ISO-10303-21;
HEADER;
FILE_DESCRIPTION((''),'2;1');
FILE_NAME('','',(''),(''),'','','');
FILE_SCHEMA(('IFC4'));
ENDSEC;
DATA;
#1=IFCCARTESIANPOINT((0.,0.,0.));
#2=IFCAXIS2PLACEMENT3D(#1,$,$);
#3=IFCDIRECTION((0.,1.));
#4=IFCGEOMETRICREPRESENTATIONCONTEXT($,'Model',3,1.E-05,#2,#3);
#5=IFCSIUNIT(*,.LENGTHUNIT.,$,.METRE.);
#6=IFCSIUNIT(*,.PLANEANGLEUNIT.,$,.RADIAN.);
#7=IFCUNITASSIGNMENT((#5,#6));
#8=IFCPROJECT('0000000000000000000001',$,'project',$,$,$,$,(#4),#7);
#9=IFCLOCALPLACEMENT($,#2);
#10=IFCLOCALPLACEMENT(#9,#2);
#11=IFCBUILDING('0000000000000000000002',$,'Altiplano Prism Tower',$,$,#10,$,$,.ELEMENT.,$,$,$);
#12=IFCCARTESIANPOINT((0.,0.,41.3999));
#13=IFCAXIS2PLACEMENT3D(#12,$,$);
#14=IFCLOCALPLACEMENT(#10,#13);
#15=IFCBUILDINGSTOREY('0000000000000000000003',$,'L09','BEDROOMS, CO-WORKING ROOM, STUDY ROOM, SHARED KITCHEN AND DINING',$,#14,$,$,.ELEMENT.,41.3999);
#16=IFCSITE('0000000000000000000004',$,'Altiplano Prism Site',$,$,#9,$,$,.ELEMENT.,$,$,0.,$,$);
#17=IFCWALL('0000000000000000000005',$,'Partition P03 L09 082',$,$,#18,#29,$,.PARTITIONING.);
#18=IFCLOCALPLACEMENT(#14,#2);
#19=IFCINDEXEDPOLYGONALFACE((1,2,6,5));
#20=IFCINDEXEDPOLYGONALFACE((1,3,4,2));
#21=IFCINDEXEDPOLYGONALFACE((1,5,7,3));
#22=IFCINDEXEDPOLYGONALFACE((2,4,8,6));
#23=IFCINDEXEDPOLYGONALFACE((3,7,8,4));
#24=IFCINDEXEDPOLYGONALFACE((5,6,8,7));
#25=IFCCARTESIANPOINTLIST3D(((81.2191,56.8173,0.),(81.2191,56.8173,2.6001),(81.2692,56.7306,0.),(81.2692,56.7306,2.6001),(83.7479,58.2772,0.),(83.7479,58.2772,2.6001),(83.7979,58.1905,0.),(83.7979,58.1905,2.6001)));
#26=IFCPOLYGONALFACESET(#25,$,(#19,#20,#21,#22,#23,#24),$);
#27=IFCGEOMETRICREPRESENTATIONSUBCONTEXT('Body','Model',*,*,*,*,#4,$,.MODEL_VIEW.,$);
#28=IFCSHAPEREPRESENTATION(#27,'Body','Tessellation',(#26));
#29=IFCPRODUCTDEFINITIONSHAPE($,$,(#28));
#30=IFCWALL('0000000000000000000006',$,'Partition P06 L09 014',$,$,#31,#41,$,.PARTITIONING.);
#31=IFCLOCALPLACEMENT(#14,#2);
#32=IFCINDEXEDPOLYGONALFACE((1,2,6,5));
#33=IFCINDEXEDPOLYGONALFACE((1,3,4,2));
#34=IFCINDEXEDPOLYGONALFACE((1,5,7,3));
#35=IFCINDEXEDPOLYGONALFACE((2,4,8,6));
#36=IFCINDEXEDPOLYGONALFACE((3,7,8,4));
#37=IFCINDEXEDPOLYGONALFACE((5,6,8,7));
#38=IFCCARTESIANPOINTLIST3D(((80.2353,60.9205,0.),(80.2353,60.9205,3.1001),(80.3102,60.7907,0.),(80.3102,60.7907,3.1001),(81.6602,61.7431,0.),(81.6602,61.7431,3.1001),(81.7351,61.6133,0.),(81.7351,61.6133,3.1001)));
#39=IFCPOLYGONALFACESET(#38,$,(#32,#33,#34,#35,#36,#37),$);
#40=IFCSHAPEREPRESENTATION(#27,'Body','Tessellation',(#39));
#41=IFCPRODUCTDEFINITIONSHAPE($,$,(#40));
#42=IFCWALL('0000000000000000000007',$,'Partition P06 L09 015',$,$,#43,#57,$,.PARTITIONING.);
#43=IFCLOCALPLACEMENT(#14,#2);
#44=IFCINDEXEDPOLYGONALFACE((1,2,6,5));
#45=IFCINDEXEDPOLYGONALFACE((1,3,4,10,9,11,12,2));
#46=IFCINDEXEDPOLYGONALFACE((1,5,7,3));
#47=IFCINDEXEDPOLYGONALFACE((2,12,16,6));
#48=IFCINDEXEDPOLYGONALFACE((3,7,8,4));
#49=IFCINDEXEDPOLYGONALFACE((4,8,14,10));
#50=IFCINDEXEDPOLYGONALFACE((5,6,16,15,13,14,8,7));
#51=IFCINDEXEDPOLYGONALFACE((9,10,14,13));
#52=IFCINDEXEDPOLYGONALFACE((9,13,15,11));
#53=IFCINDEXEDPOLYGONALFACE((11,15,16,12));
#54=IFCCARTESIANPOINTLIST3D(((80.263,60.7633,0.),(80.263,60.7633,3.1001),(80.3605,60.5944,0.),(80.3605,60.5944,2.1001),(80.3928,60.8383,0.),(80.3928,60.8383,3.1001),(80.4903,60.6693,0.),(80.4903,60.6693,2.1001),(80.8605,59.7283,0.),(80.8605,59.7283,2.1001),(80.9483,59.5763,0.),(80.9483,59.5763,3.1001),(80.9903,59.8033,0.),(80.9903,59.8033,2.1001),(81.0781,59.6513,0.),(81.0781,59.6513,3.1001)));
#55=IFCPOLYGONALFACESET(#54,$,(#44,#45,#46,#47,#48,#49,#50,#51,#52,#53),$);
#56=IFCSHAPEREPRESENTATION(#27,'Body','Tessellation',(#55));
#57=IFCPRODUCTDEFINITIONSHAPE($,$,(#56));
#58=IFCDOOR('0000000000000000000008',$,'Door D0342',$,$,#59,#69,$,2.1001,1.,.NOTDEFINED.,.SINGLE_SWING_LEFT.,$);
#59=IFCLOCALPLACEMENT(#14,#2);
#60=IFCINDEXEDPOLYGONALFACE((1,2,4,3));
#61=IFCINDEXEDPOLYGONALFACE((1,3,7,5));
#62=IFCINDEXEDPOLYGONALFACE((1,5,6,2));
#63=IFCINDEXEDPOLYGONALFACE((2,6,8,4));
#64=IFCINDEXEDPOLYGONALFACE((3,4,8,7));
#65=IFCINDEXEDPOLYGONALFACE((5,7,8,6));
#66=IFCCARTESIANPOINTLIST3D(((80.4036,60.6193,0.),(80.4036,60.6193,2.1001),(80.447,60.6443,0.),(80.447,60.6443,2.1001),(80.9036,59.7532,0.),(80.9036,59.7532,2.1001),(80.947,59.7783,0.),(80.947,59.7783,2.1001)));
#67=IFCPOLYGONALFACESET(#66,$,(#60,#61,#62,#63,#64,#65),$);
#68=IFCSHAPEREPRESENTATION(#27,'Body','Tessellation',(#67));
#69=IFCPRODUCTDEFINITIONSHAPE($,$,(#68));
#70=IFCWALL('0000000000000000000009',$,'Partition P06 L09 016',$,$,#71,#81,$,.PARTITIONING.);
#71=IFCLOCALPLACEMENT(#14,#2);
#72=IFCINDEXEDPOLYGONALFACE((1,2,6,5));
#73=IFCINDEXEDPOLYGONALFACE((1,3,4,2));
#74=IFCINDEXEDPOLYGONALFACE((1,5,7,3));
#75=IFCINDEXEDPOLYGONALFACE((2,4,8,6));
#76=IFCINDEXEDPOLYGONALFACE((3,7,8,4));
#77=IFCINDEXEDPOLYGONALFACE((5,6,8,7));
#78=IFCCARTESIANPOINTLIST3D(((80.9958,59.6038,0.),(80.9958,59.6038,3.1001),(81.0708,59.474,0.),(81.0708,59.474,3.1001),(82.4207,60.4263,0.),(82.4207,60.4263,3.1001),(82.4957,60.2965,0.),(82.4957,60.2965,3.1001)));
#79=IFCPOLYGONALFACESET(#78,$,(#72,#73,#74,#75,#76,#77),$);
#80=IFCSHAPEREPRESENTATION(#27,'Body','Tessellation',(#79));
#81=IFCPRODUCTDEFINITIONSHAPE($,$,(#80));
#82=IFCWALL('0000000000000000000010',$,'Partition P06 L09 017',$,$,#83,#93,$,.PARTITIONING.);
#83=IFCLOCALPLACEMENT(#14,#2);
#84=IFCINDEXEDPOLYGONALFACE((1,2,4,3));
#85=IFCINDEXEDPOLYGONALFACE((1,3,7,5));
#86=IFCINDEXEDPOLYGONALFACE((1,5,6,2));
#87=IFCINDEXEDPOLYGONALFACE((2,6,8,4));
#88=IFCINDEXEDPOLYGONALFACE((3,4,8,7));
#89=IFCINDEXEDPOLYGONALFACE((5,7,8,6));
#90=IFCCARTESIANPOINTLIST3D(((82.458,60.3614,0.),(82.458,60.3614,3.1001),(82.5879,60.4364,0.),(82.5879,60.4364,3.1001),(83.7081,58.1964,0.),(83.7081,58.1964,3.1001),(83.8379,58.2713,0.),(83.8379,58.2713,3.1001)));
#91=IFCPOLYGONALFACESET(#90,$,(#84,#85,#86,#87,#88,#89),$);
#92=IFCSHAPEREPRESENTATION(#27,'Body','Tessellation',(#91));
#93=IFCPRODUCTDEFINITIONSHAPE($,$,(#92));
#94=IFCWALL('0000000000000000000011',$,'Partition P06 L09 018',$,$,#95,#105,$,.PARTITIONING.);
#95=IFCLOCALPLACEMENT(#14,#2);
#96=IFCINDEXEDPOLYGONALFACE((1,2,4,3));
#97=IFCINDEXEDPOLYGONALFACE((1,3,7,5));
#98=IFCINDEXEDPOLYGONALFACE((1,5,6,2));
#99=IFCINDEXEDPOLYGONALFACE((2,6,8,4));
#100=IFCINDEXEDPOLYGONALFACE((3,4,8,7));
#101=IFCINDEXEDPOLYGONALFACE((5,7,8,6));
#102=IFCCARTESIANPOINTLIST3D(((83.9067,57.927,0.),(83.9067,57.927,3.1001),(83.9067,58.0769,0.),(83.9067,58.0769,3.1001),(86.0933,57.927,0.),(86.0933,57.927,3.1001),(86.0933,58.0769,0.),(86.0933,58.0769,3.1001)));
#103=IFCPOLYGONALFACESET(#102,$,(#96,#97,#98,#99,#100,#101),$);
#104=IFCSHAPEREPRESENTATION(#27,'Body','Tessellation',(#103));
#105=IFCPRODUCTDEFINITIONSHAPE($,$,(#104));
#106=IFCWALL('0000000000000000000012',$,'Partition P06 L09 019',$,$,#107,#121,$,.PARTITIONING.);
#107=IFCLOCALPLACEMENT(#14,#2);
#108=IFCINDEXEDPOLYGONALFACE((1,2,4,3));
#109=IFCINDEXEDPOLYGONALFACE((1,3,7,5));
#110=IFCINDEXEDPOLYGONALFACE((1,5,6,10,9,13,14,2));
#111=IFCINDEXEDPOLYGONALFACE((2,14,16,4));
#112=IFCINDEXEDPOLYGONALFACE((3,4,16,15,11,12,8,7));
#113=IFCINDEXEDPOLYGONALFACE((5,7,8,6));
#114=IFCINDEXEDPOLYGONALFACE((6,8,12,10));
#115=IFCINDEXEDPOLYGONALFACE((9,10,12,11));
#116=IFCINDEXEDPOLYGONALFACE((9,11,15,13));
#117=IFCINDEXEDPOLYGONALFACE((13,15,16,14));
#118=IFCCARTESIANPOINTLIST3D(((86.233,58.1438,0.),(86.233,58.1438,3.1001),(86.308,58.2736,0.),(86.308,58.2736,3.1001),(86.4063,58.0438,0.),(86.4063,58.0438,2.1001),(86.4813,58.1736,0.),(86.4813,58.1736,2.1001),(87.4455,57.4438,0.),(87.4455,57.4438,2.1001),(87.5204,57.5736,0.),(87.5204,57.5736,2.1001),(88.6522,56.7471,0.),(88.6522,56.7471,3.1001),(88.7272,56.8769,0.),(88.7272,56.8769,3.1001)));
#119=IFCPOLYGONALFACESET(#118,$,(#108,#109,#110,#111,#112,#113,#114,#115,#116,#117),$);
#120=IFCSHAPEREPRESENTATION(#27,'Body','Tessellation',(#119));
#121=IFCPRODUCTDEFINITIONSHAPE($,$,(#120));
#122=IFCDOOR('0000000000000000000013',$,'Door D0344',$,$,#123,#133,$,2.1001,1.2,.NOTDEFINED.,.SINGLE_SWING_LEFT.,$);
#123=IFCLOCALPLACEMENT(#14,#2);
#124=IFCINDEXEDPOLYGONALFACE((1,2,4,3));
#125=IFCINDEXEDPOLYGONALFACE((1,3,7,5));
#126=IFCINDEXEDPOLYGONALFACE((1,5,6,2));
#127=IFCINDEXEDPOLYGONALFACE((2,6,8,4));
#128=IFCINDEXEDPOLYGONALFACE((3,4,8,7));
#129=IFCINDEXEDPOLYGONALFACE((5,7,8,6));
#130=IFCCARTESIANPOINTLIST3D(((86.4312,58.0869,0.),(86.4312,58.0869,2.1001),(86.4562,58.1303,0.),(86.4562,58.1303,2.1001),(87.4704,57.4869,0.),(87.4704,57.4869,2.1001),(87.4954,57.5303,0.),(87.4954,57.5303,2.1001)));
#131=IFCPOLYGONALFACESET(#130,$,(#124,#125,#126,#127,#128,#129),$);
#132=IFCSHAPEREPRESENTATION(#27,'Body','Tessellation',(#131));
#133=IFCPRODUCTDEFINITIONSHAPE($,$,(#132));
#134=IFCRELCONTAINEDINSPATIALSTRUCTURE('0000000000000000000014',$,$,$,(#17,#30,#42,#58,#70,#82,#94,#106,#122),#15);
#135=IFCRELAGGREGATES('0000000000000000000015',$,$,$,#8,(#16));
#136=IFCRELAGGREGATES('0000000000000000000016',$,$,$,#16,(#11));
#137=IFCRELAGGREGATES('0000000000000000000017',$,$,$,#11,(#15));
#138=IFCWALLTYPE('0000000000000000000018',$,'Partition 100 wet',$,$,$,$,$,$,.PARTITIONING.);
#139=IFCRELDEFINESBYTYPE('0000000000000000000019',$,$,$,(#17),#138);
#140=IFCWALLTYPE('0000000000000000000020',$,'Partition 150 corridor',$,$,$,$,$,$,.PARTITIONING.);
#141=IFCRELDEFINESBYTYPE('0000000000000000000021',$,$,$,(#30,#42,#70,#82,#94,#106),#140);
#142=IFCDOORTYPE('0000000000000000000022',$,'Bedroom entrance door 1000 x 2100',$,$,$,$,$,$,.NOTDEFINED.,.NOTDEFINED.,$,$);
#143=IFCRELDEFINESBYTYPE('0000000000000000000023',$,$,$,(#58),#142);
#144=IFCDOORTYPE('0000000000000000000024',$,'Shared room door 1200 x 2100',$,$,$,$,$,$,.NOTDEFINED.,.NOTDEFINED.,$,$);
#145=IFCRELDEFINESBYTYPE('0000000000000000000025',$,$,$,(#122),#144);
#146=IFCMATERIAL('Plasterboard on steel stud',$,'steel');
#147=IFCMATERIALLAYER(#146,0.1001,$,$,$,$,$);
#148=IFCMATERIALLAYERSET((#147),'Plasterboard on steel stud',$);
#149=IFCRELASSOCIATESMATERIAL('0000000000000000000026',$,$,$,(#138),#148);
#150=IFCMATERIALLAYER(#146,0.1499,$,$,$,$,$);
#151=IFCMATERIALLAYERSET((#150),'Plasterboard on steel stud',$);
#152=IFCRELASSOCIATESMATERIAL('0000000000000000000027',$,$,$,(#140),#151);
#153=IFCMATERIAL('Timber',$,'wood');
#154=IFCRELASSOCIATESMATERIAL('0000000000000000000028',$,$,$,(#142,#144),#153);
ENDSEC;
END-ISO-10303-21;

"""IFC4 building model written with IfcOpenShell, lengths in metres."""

from ifc_helpers import new_model, si_unit, direction, frame, frame_2d, origin, place, context, subcontext, project, spatial, rectangle, extrude, material, layer, layer_set, type_object, element, fill, save


model = new_model("IFC4")

# Units and contexts
model_context = context("Model", 3, precision=1e-05, world=origin(), true_north=direction((0.0, 1.0)))
body_context = subcontext(model_context, "Body", "Model", "MODEL_VIEW")
ifc_project = project(units=[si_unit("LENGTHUNIT", "METRE"), si_unit("PLANEANGLEUNIT", "RADIAN")], contexts=[model_context])

# Site, building, storey
site_placement = place(None, origin())
site = spatial("IfcSite", under=ifc_project, at=site_placement, Name="Altiplano Prism Site", CompositionType="ELEMENT", RefElevation=0.0)
building_placement = place(site_placement, origin())
building = spatial("IfcBuilding", under=site, at=building_placement, Name="Altiplano Prism Tower", CompositionType="ELEMENT")
storey_placement = place(building_placement, frame((0.0, 0.0, 41.3999)))
storey = spatial("IfcBuildingStorey", under=building, at=storey_placement, Name="L09", Description="BEDROOMS, CO-WORKING ROOM, STUDY ROOM, SHARED KITCHEN AND DINING", CompositionType="ELEMENT", Elevation=41.3999)

# Shared definitions
ifc_material_1 = material(Name="Plasterboard on steel stud", Category="steel")

# Shared definitions
ifc_material_2 = material(Name="Timber", Category="wood")

# Walls
ifc_layer_1 = layer(ifc_material_1, 0.1001)
ifc_layer_set_1 = layer_set([ifc_layer_1], Name="Plasterboard on steel stud")
wall_type_1 = type_object("IfcWallType", Name="Partition 100 wet", PredefinedType="PARTITIONING", material=ifc_layer_set_1)
wall_1_placement = place(storey_placement, frame((81.2441, 56.7739, 0.0), z_axis=(0.0, 0.0, 1.0), x_axis=(0.866032, 0.499988, 0.0)))
element("IfcWall", 1, at=wall_1_placement, inside=storey, type_object=wall_type_1, Name="Partition P03 L09 082", PredefinedType="PARTITIONING", context=body_context, shape_type="SweptSolid", body=[
    extrude(rectangle(XDim=2.9199, YDim=0.1001, at=frame_2d((1.46, 0.0))), origin(), (0.0, 0.0, 1.0), 2.6001),
])
ifc_layer_2 = layer(ifc_material_1, 0.1499)
ifc_layer_set_2 = layer_set([ifc_layer_2], Name="Plasterboard on steel stud")
wall_type_2 = type_object("IfcWallType", Name="Partition 150 corridor", PredefinedType="PARTITIONING", material=ifc_layer_set_2)
wall_2_placement = place(storey_placement, frame((81.6978, 61.6782, 0.0), z_axis=(0.0, 0.0, 1.0), x_axis=(-0.866052, -0.499954, 0.0)))
element("IfcWall", 2, at=wall_2_placement, inside=storey, type_object=wall_type_2, Name="Partition P06 L09 014", PredefinedType="PARTITIONING", context=body_context, shape_type="SweptSolid", body=[
    extrude(rectangle(XDim=1.6453, YDim=0.1499, at=frame_2d((0.8228, 0.0))), origin(), (0.0, 0.0, 1.0), 3.1001),
])

# Wall, opening, door
wall_3_placement = place(storey_placement, frame((80.3279, 60.8008, 0.0), z_axis=(0.0, 0.0, 1.0), x_axis=(0.49999, -0.866031, 0.0)))
wall_3 = element("IfcWall", 3, at=wall_3_placement, inside=storey, type_object=wall_type_2, Name="Partition P06 L09 015", PredefinedType="PARTITIONING", context=body_context, shape_type="SweptSolid", body=[
    extrude(rectangle(XDim=1.3706, YDim=0.1499, at=frame_2d((0.6853, 0.0))), origin(), (0.0, 0.0, 1.0), 3.1001),
])
opening_1_placement = place(wall_3_placement, frame((0.1951, 0.0, 0.0)))
opening_1 = element("IfcOpeningElement", 4, at=opening_1_placement, cuts=wall_3, PredefinedType="OPENING", context=body_context, shape_type="SweptSolid", body=[
    extrude(rectangle(XDim=1.0, YDim=2.1001, at=frame_2d((0.5, 1.05))), frame((0.0, 0.0854, 0.0), z_axis=(0.0, -1.0, 0.0), x_axis=(1.0, 0.0, 0.0)), (0.0, 0.0, 1.0), 0.1709),
])
door_type_1 = type_object("IfcDoorType", Name="Bedroom entrance door 1000 x 2100", OperationType="NOTDEFINED", PredefinedType="NOTDEFINED", material=ifc_material_2)
door_1_placement = place(opening_1_placement, origin())
door_1 = element("IfcDoor", 5, at=door_1_placement, inside=storey, type_object=door_type_1, Name="Door D0342", OperationType="SINGLE_SWING_LEFT", OverallHeight=2.1001, OverallWidth=1.0, PredefinedType="NOTDEFINED", context=body_context, shape_type="SweptSolid", body=[
    extrude(rectangle(XDim=1.0, YDim=2.1001, at=frame_2d((0.5, 1.05))), frame((0.0, 0.0249, 0.0), z_axis=(0.0, -1.0, 0.0), x_axis=(1.0, 0.0, 0.0)), (0.0, 0.0, 1.0), 0.05),
])
fill(opening_1, door_1)

# Walls
wall_4_placement = place(storey_placement, frame((81.0332, 59.5388, 0.0), z_axis=(0.0, 0.0, 1.0), x_axis=(0.866052, 0.499954, 0.0)))
element("IfcWall", 6, at=wall_4_placement, inside=storey, type_object=wall_type_2, Name="Partition P06 L09 016", PredefinedType="PARTITIONING", context=body_context, shape_type="SweptSolid", body=[
    extrude(rectangle(XDim=1.6453, YDim=0.1499, at=frame_2d((0.8228, 0.0))), origin(), (0.0, 0.0, 1.0), 3.1001),
])
wall_5_placement = place(storey_placement, frame((82.5229, 60.3989, 0.0), z_axis=(0.0, 0.0, 1.0), x_axis=(0.500004, -0.866023, 0.0)))
element("IfcWall", 7, at=wall_5_placement, inside=storey, type_object=wall_type_2, Name="Partition P06 L09 017", PredefinedType="PARTITIONING", context=body_context, shape_type="SweptSolid", body=[
    extrude(rectangle(XDim=2.5, YDim=0.1499, at=frame_2d((1.25, 0.0))), origin(), (0.0, 0.0, 1.0), 3.1001),
])
wall_6_placement = place(storey_placement, frame((83.9067, 58.002, 0.0), z_axis=(0.0, 0.0, 1.0), x_axis=(1.0, 0.0, 0.0)))
element("IfcWall", 8, at=wall_6_placement, inside=storey, type_object=wall_type_2, Name="Partition P06 L09 018", PredefinedType="PARTITIONING", context=body_context, shape_type="SweptSolid", body=[
    extrude(rectangle(XDim=2.1865, YDim=0.1499, at=frame_2d((1.0933, 0.0))), origin(), (0.0, 0.0, 1.0), 3.1001),
])

# Wall, opening, door
wall_7_placement = place(storey_placement, frame((86.2705, 58.2087, 0.0), z_axis=(0.0, 0.0, 1.0), x_axis=(0.866024, -0.500002, 0.0)))
wall_7 = element("IfcWall", 9, at=wall_7_placement, inside=storey, type_object=wall_type_2, Name="Partition P06 L09 019", PredefinedType="PARTITIONING", context=body_context, shape_type="SweptSolid", body=[
    extrude(rectangle(XDim=2.7935, YDim=0.1499, at=frame_2d((1.3967, 0.0))), origin(), (0.0, 0.0, 1.0), 3.1001),
])
opening_2_placement = place(wall_7_placement, frame((0.2, 0.0, 0.0)))
opening_2 = element("IfcOpeningElement", 10, at=opening_2_placement, cuts=wall_7, PredefinedType="OPENING", context=body_context, shape_type="SweptSolid", body=[
    extrude(rectangle(XDim=1.2, YDim=2.1001, at=frame_2d((0.6001, 1.05))), frame((0.0, 0.0854, 0.0), z_axis=(0.0, -1.0, 0.0), x_axis=(1.0, 0.0, 0.0)), (0.0, 0.0, 1.0), 0.1709),
])
door_type_2 = type_object("IfcDoorType", Name="Shared room door 1200 x 2100", OperationType="NOTDEFINED", PredefinedType="NOTDEFINED", material=ifc_material_2)
door_2_placement = place(opening_2_placement, origin())
door_2 = element("IfcDoor", 11, at=door_2_placement, inside=storey, type_object=door_type_2, Name="Door D0344", OperationType="SINGLE_SWING_LEFT", OverallHeight=2.1001, OverallWidth=1.2, PredefinedType="NOTDEFINED", context=body_context, shape_type="SweptSolid", body=[
    extrude(rectangle(XDim=1.2, YDim=2.1001, at=frame_2d((0.6001, 1.05))), frame((0.0, 0.0249, 0.0), z_axis=(0.0, -1.0, 0.0), x_axis=(1.0, 0.0, 0.0)), (0.0, 0.0, 1.0), 0.05),
])
fill(opening_2, door_2)

save(model, "model.ifc")
